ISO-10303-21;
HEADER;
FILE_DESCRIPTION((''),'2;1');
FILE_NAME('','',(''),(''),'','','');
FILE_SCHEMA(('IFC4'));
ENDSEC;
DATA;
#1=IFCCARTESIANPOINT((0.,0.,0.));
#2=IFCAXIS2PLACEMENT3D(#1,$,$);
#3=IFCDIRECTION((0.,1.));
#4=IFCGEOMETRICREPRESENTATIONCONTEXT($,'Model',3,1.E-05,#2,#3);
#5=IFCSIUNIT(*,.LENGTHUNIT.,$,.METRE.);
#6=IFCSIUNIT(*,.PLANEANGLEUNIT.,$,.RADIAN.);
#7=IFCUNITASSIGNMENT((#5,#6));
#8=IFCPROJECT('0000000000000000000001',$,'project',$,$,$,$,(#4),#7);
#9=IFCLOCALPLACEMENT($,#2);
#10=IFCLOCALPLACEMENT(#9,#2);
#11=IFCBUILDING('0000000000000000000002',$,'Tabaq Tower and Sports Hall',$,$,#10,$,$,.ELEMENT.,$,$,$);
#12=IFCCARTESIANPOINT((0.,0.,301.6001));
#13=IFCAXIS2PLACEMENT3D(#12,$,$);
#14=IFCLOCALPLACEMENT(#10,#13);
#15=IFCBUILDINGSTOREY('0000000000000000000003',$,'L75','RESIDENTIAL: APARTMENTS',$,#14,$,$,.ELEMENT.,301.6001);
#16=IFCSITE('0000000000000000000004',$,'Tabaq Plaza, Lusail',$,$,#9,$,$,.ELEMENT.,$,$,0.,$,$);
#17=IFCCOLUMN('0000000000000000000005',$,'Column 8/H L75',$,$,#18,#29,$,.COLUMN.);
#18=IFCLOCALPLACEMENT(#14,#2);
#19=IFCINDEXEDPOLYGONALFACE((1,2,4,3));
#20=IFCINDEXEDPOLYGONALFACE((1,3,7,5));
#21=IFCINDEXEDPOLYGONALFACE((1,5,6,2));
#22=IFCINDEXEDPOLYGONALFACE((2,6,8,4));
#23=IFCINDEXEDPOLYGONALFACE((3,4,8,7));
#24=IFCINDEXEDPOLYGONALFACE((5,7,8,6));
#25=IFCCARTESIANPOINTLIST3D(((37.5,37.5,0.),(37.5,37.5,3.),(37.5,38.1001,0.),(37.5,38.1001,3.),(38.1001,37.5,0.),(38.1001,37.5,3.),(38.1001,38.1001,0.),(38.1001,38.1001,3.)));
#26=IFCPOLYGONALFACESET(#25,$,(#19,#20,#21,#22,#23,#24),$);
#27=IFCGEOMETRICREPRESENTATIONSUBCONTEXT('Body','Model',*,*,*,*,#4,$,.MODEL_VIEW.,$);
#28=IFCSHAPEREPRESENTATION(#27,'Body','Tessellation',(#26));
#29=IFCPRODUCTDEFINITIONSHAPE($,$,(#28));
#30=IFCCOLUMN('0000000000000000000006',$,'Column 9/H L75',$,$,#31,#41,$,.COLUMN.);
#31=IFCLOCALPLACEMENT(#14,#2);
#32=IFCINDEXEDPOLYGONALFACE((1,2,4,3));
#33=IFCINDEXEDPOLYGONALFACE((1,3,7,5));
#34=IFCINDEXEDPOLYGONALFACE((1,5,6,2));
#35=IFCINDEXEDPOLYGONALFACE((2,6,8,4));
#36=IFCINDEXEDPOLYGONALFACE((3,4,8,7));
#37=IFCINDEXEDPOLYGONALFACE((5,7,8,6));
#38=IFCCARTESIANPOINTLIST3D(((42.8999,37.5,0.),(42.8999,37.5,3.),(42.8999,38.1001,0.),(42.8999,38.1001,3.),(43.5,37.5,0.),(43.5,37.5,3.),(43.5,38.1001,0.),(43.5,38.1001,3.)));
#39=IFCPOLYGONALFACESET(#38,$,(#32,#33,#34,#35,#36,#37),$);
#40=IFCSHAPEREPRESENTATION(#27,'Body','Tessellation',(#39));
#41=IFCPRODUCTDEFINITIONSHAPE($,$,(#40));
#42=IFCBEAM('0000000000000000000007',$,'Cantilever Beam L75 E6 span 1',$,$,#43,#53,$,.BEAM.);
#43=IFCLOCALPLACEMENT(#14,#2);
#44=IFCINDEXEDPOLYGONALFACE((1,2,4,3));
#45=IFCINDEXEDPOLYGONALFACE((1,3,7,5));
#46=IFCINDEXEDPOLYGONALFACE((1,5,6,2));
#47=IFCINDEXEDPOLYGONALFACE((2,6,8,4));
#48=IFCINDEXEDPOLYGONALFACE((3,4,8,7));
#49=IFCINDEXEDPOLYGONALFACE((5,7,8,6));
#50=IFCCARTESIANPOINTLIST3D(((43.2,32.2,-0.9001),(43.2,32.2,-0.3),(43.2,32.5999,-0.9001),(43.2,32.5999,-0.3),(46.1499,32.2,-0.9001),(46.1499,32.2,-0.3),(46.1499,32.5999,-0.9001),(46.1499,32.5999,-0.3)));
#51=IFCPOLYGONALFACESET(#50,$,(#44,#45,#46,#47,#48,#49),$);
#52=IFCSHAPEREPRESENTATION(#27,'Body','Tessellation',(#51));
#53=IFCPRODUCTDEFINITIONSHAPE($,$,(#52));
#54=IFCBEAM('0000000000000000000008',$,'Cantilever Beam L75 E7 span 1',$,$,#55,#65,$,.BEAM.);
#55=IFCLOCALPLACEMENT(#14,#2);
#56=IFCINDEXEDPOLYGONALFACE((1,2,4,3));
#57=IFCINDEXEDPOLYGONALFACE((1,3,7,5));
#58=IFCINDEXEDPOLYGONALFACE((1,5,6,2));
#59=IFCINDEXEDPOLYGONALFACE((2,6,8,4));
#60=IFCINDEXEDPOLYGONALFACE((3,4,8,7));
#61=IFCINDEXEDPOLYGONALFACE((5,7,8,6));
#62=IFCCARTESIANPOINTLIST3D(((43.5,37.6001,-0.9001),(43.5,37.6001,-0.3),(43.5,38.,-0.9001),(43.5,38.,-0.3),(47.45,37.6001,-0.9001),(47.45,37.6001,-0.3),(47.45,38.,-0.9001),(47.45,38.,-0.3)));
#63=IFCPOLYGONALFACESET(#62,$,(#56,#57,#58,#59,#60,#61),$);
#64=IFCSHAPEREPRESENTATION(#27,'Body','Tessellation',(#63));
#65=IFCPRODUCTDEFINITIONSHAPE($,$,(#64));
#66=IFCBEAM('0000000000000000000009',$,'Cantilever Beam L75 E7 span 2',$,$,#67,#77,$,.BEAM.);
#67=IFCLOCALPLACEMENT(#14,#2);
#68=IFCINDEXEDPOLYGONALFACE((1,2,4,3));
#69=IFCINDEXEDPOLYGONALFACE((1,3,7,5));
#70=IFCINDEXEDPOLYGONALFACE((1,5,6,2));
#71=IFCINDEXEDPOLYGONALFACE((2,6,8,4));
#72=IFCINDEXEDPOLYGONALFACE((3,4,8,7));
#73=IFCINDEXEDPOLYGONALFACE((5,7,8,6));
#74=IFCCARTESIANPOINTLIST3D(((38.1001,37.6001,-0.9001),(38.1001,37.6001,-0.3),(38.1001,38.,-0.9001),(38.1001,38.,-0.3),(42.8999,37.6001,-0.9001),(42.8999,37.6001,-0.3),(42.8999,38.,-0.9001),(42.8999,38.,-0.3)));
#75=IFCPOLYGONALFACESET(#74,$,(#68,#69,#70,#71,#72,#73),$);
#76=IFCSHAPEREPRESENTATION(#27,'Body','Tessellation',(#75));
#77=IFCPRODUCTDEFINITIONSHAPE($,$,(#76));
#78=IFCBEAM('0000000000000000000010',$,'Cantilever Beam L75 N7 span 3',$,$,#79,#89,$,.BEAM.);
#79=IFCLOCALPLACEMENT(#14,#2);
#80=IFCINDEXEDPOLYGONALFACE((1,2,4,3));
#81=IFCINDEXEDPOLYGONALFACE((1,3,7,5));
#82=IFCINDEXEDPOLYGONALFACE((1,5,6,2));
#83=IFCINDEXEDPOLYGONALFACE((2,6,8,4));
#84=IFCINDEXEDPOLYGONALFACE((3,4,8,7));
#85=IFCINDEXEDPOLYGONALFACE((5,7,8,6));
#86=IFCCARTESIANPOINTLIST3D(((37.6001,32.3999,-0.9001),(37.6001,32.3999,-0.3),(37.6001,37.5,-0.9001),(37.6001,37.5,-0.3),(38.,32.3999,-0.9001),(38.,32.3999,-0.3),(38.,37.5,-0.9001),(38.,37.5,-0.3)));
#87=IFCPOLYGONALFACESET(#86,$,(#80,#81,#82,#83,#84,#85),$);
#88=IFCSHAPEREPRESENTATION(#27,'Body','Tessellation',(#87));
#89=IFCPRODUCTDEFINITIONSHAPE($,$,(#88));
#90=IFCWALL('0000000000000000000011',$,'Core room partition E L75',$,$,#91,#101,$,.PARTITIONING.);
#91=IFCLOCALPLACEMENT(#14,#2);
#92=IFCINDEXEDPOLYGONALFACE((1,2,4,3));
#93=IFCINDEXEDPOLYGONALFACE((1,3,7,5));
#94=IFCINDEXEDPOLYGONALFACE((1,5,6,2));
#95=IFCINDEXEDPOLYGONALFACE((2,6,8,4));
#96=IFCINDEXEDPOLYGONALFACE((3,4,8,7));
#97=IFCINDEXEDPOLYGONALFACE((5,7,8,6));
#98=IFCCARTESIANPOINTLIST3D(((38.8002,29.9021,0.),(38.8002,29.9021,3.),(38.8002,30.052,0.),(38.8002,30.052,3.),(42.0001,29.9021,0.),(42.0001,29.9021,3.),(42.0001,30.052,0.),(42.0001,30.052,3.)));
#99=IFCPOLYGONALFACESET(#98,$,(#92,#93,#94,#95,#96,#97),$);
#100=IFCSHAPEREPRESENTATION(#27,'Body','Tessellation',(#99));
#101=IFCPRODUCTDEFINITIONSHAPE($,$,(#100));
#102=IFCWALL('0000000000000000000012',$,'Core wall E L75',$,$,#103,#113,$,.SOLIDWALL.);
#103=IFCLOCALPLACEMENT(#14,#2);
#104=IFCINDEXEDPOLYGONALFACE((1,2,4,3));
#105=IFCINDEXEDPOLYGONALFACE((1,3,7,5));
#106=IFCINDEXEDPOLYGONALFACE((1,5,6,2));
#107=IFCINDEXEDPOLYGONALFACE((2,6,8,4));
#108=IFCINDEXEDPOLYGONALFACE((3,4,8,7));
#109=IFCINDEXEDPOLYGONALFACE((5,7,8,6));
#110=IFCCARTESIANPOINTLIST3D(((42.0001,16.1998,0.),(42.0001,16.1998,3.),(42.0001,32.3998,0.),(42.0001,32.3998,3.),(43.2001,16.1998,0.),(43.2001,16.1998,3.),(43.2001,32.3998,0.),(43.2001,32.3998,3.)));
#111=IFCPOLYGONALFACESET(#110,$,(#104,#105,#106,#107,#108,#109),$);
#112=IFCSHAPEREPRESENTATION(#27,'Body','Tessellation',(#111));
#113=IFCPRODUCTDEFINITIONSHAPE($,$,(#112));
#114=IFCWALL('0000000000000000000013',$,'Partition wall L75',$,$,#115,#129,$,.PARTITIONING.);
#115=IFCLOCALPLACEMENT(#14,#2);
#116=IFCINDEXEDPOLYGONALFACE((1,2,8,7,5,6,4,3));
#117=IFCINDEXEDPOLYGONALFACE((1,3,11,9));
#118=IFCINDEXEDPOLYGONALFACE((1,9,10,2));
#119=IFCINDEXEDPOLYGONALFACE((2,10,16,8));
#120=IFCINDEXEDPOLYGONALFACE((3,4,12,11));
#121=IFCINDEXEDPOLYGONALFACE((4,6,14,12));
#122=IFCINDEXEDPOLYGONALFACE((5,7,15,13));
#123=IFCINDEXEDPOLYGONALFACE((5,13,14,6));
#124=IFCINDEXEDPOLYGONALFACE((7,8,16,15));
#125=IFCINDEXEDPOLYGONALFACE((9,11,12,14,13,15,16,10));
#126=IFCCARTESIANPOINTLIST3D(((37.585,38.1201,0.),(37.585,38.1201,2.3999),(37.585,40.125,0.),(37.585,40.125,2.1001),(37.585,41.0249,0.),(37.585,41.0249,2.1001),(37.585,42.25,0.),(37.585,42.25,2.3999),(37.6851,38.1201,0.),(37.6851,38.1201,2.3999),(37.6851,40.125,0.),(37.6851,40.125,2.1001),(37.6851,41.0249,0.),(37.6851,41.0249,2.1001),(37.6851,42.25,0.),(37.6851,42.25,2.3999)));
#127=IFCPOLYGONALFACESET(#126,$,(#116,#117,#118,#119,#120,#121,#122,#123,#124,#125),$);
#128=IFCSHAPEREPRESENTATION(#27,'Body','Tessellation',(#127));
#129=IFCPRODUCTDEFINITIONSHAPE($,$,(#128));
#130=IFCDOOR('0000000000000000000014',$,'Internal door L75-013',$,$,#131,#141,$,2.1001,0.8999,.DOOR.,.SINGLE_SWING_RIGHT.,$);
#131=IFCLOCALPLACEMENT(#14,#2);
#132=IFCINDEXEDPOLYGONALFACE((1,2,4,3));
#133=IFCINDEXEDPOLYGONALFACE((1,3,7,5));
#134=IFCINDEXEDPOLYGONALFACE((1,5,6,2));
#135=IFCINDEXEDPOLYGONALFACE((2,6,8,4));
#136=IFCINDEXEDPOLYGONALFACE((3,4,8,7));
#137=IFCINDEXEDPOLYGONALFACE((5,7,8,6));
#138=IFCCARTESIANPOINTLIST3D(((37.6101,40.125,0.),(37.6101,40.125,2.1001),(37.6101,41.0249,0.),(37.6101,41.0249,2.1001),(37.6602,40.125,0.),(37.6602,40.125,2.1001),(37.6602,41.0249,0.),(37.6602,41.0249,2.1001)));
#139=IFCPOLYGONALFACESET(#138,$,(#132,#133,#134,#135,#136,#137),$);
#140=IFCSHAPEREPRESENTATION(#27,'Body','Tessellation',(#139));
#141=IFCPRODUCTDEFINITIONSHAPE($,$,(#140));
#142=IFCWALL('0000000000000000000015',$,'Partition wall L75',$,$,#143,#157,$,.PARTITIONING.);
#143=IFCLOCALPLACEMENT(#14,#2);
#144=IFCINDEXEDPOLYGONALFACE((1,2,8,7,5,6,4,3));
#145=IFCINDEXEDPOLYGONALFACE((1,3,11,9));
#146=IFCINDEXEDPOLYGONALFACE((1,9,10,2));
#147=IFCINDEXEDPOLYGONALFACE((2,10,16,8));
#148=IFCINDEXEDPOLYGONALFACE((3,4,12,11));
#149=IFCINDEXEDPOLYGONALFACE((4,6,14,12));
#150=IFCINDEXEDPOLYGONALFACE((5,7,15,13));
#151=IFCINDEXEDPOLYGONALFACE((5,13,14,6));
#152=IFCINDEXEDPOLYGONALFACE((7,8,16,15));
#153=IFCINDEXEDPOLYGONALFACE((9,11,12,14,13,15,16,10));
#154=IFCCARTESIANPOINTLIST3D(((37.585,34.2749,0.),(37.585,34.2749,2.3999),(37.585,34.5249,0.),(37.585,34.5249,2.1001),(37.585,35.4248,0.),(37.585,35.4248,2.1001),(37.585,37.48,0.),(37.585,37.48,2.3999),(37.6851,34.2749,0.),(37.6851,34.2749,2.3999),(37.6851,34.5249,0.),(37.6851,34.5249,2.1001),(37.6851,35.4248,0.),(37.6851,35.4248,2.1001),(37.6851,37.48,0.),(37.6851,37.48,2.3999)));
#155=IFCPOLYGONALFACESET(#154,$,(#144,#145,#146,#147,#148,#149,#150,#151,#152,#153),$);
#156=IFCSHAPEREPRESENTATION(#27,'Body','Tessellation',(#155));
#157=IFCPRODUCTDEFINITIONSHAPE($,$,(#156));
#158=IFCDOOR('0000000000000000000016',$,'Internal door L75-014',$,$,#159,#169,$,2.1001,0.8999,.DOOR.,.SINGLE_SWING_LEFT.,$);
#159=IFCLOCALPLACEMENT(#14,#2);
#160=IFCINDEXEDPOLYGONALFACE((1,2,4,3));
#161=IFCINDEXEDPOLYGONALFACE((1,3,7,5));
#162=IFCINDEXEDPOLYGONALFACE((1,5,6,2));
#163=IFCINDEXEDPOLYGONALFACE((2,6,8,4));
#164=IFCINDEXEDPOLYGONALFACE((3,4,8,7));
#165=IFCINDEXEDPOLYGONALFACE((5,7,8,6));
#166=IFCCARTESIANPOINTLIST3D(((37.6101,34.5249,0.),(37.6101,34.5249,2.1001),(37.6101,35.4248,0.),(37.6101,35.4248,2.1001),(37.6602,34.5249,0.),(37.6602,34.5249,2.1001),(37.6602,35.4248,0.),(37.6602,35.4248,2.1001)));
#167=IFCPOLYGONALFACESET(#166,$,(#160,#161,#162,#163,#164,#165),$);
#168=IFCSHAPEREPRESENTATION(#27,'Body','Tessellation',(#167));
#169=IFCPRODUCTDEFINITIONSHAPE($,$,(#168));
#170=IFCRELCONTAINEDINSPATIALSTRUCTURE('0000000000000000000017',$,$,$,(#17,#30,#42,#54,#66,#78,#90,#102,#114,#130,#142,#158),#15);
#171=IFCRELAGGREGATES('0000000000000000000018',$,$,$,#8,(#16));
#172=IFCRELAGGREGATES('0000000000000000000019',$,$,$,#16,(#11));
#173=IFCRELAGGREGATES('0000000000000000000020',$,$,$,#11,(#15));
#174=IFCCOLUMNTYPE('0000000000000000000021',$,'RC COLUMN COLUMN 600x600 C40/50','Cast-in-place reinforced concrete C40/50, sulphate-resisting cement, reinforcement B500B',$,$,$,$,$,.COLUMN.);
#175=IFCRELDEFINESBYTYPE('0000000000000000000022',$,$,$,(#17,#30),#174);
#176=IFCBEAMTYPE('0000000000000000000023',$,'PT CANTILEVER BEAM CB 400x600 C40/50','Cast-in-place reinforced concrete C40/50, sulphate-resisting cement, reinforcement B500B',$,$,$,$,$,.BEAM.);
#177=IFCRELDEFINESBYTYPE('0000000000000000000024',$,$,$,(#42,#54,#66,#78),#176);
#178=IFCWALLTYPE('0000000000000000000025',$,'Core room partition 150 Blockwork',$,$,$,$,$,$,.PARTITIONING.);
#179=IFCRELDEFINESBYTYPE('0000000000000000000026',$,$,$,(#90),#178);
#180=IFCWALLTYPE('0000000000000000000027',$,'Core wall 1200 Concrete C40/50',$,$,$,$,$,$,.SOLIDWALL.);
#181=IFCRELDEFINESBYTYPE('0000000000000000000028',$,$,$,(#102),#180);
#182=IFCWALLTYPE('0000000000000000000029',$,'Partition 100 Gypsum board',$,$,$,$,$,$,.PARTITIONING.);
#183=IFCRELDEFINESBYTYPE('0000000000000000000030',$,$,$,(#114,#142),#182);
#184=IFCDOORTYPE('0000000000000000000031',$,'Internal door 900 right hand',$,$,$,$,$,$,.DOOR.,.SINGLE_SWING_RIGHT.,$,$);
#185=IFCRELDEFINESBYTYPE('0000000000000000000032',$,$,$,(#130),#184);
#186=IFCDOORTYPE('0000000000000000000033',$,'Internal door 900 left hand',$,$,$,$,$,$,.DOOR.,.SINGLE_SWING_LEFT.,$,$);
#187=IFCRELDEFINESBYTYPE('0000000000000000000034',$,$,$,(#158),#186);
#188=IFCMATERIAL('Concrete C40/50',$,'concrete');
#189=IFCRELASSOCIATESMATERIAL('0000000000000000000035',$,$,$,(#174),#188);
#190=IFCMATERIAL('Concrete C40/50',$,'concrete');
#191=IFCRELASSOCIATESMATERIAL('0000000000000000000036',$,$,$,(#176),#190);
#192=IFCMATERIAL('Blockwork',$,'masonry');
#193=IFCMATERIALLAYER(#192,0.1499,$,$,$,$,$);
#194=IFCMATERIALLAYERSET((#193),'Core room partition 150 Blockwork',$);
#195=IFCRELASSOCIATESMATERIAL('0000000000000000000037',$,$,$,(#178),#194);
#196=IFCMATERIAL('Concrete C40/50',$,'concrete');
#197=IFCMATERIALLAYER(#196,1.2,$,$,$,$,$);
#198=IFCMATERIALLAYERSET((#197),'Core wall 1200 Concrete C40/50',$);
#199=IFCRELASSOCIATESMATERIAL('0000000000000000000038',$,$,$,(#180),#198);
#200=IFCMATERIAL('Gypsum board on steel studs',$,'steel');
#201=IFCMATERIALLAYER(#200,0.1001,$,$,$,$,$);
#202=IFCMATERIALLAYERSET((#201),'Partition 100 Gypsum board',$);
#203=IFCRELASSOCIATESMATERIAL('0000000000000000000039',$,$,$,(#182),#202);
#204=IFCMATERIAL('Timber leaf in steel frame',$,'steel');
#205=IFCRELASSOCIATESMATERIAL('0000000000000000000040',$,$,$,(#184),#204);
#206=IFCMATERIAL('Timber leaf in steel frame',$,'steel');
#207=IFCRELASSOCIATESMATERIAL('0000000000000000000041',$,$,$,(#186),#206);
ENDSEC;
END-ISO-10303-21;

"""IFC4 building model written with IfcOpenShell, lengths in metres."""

from ifc_helpers import new_model, si_unit, direction, frame, frame_2d, origin, origin_2d, place, context, subcontext, project, spatial, rectangle, extrude, material, layer, layer_set, material_profile, profile_set, type_object, element, fill, save


model = new_model("IFC4")

# Units and contexts
model_context = context("Model", 3, precision=1e-05, world=origin(), true_north=direction((0.0, 1.0)))
body_context = subcontext(model_context, "Body", "Model", "MODEL_VIEW")
ifc_project = project(units=[si_unit("LENGTHUNIT", "METRE"), si_unit("PLANEANGLEUNIT", "RADIAN")], contexts=[model_context])

# Site, building, storey
site_placement = place(None, origin())
site = spatial("IfcSite", under=ifc_project, at=site_placement, Name="Tabaq Plaza, Lusail", CompositionType="ELEMENT", RefElevation=0.0)
building_placement = place(site_placement, origin())
building = spatial("IfcBuilding", under=site, at=building_placement, Name="Tabaq Tower and Sports Hall", CompositionType="ELEMENT")
storey_placement = place(building_placement, frame((0.0, 0.0, 301.6001)))
storey = spatial("IfcBuildingStorey", under=building, at=storey_placement, Name="L75", Description="RESIDENTIAL: APARTMENTS", CompositionType="ELEMENT", Elevation=301.6001)

# Columns
ifc_material_1 = material(Name="Concrete C40/50", Category="concrete")
ifc_material_profile_1 = material_profile(ifc_material_1, rectangle(XDim=0.6001, YDim=0.6001, at=origin_2d()), Name="COLUMN 600x600")
ifc_profile_set_1 = profile_set([ifc_material_profile_1], Name="Concrete C40/50")
column_type = type_object("IfcColumnType", Name="RC COLUMN COLUMN 600x600 C40/50", Description="Cast-in-place reinforced concrete C40/50, sulphate-resisting cement, reinforcement B500B", PredefinedType="COLUMN", material=ifc_profile_set_1)
for number, where, z_axis, x_axis, name in (
    (1, (37.8, 37.8, 0.0), (0.0, 0.0, 1.0), (1.0, 0.0, 0.0), "Column 8/H L75"),
    (2, (43.2, 37.8, 0.0), (0.0, 0.0, 1.0), (1.0, 0.0, 0.0), "Column 9/H L75"),
):
    element("IfcColumn", number, at=place(storey_placement, frame(where, z_axis=z_axis, x_axis=x_axis)), inside=storey, type_object=column_type, Name=name, PredefinedType="COLUMN", context=body_context, shape_type="SweptSolid", body=[
        extrude(rectangle(XDim=0.6001, YDim=0.6001, at=origin_2d()), origin(), (0.0, 0.0, 1.0), 3.0),
    ])

# Beams
ifc_material_2 = material(Name="Concrete C40/50", Category="concrete")
ifc_material_profile_2 = material_profile(ifc_material_2, rectangle(XDim=0.3999, YDim=0.6001, at=origin_2d()), Name="CB 400x600")
ifc_profile_set_2 = profile_set([ifc_material_profile_2], Name="Concrete C40/50")
beam_type = type_object("IfcBeamType", Name="PT CANTILEVER BEAM CB 400x600 C40/50", Description="Cast-in-place reinforced concrete C40/50, sulphate-resisting cement, reinforcement B500B", PredefinedType="BEAM", material=ifc_profile_set_2)
beam_1_placement = place(storey_placement, frame((46.1499, 32.3999, -0.6001), z_axis=(-1.0, 0.0, 0.0), x_axis=(0.0, -1.0, 0.0)))
element("IfcBeam", 3, at=beam_1_placement, inside=storey, type_object=beam_type, Name="Cantilever Beam L75 E6 span 1", PredefinedType="BEAM", context=body_context, shape_type="SweptSolid", body=[
    extrude(rectangle(XDim=0.3999, YDim=0.6001, at=origin_2d()), origin(), (0.0, 0.0, 1.0), 2.95),
])
beam_2_placement = place(storey_placement, frame((47.45, 37.8, -0.6001), z_axis=(-1.0, 0.0, 0.0), x_axis=(0.0, -1.0, 0.0)))
element("IfcBeam", 4, at=beam_2_placement, inside=storey, type_object=beam_type, Name="Cantilever Beam L75 E7 span 1", PredefinedType="BEAM", context=body_context, shape_type="SweptSolid", body=[
    extrude(rectangle(XDim=0.3999, YDim=0.6001, at=origin_2d()), origin(), (0.0, 0.0, 1.0), 3.95),
])
beam_3_placement = place(storey_placement, frame((42.8999, 37.8, -0.6001), z_axis=(-1.0, 0.0, 0.0), x_axis=(0.0, -1.0, 0.0)))
element("IfcBeam", 5, at=beam_3_placement, inside=storey, type_object=beam_type, Name="Cantilever Beam L75 E7 span 2", PredefinedType="BEAM", context=body_context, shape_type="SweptSolid", body=[
    extrude(rectangle(XDim=0.3999, YDim=0.6001, at=origin_2d()), origin(), (0.0, 0.0, 1.0), 4.7998),
])
beam_4_placement = place(storey_placement, frame((37.8, 37.5, -0.6001), z_axis=(0.0, -1.0, 0.0), x_axis=(1.0, 0.0, 0.0)))
element("IfcBeam", 6, at=beam_4_placement, inside=storey, type_object=beam_type, Name="Cantilever Beam L75 N7 span 3", PredefinedType="BEAM", context=body_context, shape_type="SweptSolid", body=[
    extrude(rectangle(XDim=0.3999, YDim=0.6001, at=origin_2d()), origin(), (0.0, 0.0, 1.0), 5.1001),
])

# Walls
ifc_material_3 = material(Name="Blockwork", Category="masonry")
ifc_layer_1 = layer(ifc_material_3, 0.1499)
ifc_layer_set_1 = layer_set([ifc_layer_1], Name="Core room partition 150 Blockwork")
wall_type_1 = type_object("IfcWallType", Name="Core room partition 150 Blockwork", PredefinedType="PARTITIONING", material=ifc_layer_set_1)
wall_1_placement = place(storey_placement, frame((38.8, 29.9771, 0.0), z_axis=(0.0, 0.0, 1.0), x_axis=(1.0, 0.0, 0.0)))
element("IfcWall", 7, at=wall_1_placement, inside=storey, type_object=wall_type_1, Name="Core room partition E L75", PredefinedType="PARTITIONING", context=body_context, shape_type="SweptSolid", body=[
    extrude(rectangle(XDim=3.2, YDim=0.1499, at=frame_2d((1.6001, 0.0))), origin(), (0.0, 0.0, 1.0), 3.0),
])
ifc_material_4 = material(Name="Concrete C40/50", Category="concrete")
ifc_layer_2 = layer(ifc_material_4, 1.2)
ifc_layer_set_2 = layer_set([ifc_layer_2], Name="Core wall 1200 Concrete C40/50")
wall_type_2 = type_object("IfcWallType", Name="Core wall 1200 Concrete C40/50", PredefinedType="SOLIDWALL", material=ifc_layer_set_2)
wall_2_placement = place(storey_placement, frame((42.6001, 32.3999, 0.0), z_axis=(0.0, 0.0, 1.0), x_axis=(0.0, -1.0, 0.0)))
element("IfcWall", 8, at=wall_2_placement, inside=storey, type_object=wall_type_2, Name="Core wall E L75", PredefinedType="SOLIDWALL", context=body_context, shape_type="SweptSolid", body=[
    extrude(rectangle(XDim=16.2, YDim=1.2, at=frame_2d((8.1001, 0.0))), origin(), (0.0, 0.0, 1.0), 3.0),
])

# Walls, openings, doors
ifc_material_5 = material(Name="Gypsum board on steel studs", Category="steel")
ifc_layer_3 = layer(ifc_material_5, 0.1001)
ifc_layer_set_3 = layer_set([ifc_layer_3], Name="Partition 100 Gypsum board")
wall_type_3 = type_object("IfcWallType", Name="Partition 100 Gypsum board", PredefinedType="PARTITIONING", material=ifc_layer_set_3)
wall_3_placement = place(storey_placement, frame((37.635, 38.1201, 0.0), z_axis=(0.0, 0.0, 1.0), x_axis=(0.0, 1.0, 0.0)))
wall_3 = element("IfcWall", 9, at=wall_3_placement, inside=storey, type_object=wall_type_3, Name="Partition wall L75", PredefinedType="PARTITIONING", context=body_context, shape_type="SweptSolid", body=[
    extrude(rectangle(XDim=4.1299, YDim=0.1001, at=frame_2d((2.0649, 0.0))), origin(), (0.0, 0.0, 1.0), 2.3999),
])
opening_1_placement = place(wall_3_placement, frame((2.0049, 0.0, 0.0)))
opening_1 = element("IfcOpeningElement", 10, at=opening_1_placement, cuts=wall_3, PredefinedType="OPENING", context=body_context, shape_type="SweptSolid", body=[
    extrude(rectangle(XDim=0.8999, YDim=2.1001, at=frame_2d((0.45, 1.05))), frame((0.0, 0.05, 0.0), z_axis=(0.0, -1.0, 0.0), x_axis=(1.0, 0.0, 0.0)), (0.0, 0.0, 1.0), 0.1001),
])
ifc_material_6 = material(Name="Timber leaf in steel frame", Category="steel")
door_type_1 = type_object("IfcDoorType", Name="Internal door 900 right hand", OperationType="SINGLE_SWING_RIGHT", PredefinedType="DOOR", material=ifc_material_6)
door_1_placement = place(opening_1_placement, origin())
door_1 = element("IfcDoor", 11, at=door_1_placement, inside=storey, type_object=door_type_1, Name="Internal door L75-013", OperationType="SINGLE_SWING_RIGHT", OverallHeight=2.1001, OverallWidth=0.8999, PredefinedType="DOOR", context=body_context, shape_type="SweptSolid", body=[
    extrude(rectangle(XDim=0.8999, YDim=2.1001, at=frame_2d((0.45, 1.05))), frame((0.0, 0.0249, 0.0), z_axis=(0.0, -1.0, 0.0), x_axis=(1.0, 0.0, 0.0)), (0.0, 0.0, 1.0), 0.05),
])
fill(opening_1, door_1)
wall_4_placement = place(storey_placement, frame((37.635, 34.2749, 0.0), z_axis=(0.0, 0.0, 1.0), x_axis=(0.0, 1.0, 0.0)))
wall_4 = element("IfcWall", 12, at=wall_4_placement, inside=storey, type_object=wall_type_3, Name="Partition wall L75", PredefinedType="PARTITIONING", context=body_context, shape_type="SweptSolid", body=[
    extrude(rectangle(XDim=3.2051, YDim=0.1001, at=frame_2d((1.6025, 0.0))), origin(), (0.0, 0.0, 1.0), 2.3999),
])
opening_2_placement = place(wall_4_placement, frame((0.25, 0.0, 0.0)))
opening_2 = element("IfcOpeningElement", 13, at=opening_2_placement, cuts=wall_4, PredefinedType="OPENING", context=body_context, shape_type="SweptSolid", body=[
    extrude(rectangle(XDim=0.8999, YDim=2.1001, at=frame_2d((0.45, 1.05))), frame((0.0, 0.05, 0.0), z_axis=(0.0, -1.0, 0.0), x_axis=(1.0, 0.0, 0.0)), (0.0, 0.0, 1.0), 0.1001),
])
ifc_material_7 = material(Name="Timber leaf in steel frame", Category="steel")
door_type_2 = type_object("IfcDoorType", Name="Internal door 900 left hand", OperationType="SINGLE_SWING_LEFT", PredefinedType="DOOR", material=ifc_material_7)
door_2_placement = place(opening_2_placement, origin())
door_2 = element("IfcDoor", 14, at=door_2_placement, inside=storey, type_object=door_type_2, Name="Internal door L75-014", OperationType="SINGLE_SWING_LEFT", OverallHeight=2.1001, OverallWidth=0.8999, PredefinedType="DOOR", context=body_context, shape_type="SweptSolid", body=[
    extrude(rectangle(XDim=0.8999, YDim=2.1001, at=frame_2d((0.45, 1.05))), frame((0.0, 0.0249, 0.0), z_axis=(0.0, -1.0, 0.0), x_axis=(1.0, 0.0, 0.0)), (0.0, 0.0, 1.0), 0.05),
])
fill(opening_2, door_2)

save(model, "model.ifc")
